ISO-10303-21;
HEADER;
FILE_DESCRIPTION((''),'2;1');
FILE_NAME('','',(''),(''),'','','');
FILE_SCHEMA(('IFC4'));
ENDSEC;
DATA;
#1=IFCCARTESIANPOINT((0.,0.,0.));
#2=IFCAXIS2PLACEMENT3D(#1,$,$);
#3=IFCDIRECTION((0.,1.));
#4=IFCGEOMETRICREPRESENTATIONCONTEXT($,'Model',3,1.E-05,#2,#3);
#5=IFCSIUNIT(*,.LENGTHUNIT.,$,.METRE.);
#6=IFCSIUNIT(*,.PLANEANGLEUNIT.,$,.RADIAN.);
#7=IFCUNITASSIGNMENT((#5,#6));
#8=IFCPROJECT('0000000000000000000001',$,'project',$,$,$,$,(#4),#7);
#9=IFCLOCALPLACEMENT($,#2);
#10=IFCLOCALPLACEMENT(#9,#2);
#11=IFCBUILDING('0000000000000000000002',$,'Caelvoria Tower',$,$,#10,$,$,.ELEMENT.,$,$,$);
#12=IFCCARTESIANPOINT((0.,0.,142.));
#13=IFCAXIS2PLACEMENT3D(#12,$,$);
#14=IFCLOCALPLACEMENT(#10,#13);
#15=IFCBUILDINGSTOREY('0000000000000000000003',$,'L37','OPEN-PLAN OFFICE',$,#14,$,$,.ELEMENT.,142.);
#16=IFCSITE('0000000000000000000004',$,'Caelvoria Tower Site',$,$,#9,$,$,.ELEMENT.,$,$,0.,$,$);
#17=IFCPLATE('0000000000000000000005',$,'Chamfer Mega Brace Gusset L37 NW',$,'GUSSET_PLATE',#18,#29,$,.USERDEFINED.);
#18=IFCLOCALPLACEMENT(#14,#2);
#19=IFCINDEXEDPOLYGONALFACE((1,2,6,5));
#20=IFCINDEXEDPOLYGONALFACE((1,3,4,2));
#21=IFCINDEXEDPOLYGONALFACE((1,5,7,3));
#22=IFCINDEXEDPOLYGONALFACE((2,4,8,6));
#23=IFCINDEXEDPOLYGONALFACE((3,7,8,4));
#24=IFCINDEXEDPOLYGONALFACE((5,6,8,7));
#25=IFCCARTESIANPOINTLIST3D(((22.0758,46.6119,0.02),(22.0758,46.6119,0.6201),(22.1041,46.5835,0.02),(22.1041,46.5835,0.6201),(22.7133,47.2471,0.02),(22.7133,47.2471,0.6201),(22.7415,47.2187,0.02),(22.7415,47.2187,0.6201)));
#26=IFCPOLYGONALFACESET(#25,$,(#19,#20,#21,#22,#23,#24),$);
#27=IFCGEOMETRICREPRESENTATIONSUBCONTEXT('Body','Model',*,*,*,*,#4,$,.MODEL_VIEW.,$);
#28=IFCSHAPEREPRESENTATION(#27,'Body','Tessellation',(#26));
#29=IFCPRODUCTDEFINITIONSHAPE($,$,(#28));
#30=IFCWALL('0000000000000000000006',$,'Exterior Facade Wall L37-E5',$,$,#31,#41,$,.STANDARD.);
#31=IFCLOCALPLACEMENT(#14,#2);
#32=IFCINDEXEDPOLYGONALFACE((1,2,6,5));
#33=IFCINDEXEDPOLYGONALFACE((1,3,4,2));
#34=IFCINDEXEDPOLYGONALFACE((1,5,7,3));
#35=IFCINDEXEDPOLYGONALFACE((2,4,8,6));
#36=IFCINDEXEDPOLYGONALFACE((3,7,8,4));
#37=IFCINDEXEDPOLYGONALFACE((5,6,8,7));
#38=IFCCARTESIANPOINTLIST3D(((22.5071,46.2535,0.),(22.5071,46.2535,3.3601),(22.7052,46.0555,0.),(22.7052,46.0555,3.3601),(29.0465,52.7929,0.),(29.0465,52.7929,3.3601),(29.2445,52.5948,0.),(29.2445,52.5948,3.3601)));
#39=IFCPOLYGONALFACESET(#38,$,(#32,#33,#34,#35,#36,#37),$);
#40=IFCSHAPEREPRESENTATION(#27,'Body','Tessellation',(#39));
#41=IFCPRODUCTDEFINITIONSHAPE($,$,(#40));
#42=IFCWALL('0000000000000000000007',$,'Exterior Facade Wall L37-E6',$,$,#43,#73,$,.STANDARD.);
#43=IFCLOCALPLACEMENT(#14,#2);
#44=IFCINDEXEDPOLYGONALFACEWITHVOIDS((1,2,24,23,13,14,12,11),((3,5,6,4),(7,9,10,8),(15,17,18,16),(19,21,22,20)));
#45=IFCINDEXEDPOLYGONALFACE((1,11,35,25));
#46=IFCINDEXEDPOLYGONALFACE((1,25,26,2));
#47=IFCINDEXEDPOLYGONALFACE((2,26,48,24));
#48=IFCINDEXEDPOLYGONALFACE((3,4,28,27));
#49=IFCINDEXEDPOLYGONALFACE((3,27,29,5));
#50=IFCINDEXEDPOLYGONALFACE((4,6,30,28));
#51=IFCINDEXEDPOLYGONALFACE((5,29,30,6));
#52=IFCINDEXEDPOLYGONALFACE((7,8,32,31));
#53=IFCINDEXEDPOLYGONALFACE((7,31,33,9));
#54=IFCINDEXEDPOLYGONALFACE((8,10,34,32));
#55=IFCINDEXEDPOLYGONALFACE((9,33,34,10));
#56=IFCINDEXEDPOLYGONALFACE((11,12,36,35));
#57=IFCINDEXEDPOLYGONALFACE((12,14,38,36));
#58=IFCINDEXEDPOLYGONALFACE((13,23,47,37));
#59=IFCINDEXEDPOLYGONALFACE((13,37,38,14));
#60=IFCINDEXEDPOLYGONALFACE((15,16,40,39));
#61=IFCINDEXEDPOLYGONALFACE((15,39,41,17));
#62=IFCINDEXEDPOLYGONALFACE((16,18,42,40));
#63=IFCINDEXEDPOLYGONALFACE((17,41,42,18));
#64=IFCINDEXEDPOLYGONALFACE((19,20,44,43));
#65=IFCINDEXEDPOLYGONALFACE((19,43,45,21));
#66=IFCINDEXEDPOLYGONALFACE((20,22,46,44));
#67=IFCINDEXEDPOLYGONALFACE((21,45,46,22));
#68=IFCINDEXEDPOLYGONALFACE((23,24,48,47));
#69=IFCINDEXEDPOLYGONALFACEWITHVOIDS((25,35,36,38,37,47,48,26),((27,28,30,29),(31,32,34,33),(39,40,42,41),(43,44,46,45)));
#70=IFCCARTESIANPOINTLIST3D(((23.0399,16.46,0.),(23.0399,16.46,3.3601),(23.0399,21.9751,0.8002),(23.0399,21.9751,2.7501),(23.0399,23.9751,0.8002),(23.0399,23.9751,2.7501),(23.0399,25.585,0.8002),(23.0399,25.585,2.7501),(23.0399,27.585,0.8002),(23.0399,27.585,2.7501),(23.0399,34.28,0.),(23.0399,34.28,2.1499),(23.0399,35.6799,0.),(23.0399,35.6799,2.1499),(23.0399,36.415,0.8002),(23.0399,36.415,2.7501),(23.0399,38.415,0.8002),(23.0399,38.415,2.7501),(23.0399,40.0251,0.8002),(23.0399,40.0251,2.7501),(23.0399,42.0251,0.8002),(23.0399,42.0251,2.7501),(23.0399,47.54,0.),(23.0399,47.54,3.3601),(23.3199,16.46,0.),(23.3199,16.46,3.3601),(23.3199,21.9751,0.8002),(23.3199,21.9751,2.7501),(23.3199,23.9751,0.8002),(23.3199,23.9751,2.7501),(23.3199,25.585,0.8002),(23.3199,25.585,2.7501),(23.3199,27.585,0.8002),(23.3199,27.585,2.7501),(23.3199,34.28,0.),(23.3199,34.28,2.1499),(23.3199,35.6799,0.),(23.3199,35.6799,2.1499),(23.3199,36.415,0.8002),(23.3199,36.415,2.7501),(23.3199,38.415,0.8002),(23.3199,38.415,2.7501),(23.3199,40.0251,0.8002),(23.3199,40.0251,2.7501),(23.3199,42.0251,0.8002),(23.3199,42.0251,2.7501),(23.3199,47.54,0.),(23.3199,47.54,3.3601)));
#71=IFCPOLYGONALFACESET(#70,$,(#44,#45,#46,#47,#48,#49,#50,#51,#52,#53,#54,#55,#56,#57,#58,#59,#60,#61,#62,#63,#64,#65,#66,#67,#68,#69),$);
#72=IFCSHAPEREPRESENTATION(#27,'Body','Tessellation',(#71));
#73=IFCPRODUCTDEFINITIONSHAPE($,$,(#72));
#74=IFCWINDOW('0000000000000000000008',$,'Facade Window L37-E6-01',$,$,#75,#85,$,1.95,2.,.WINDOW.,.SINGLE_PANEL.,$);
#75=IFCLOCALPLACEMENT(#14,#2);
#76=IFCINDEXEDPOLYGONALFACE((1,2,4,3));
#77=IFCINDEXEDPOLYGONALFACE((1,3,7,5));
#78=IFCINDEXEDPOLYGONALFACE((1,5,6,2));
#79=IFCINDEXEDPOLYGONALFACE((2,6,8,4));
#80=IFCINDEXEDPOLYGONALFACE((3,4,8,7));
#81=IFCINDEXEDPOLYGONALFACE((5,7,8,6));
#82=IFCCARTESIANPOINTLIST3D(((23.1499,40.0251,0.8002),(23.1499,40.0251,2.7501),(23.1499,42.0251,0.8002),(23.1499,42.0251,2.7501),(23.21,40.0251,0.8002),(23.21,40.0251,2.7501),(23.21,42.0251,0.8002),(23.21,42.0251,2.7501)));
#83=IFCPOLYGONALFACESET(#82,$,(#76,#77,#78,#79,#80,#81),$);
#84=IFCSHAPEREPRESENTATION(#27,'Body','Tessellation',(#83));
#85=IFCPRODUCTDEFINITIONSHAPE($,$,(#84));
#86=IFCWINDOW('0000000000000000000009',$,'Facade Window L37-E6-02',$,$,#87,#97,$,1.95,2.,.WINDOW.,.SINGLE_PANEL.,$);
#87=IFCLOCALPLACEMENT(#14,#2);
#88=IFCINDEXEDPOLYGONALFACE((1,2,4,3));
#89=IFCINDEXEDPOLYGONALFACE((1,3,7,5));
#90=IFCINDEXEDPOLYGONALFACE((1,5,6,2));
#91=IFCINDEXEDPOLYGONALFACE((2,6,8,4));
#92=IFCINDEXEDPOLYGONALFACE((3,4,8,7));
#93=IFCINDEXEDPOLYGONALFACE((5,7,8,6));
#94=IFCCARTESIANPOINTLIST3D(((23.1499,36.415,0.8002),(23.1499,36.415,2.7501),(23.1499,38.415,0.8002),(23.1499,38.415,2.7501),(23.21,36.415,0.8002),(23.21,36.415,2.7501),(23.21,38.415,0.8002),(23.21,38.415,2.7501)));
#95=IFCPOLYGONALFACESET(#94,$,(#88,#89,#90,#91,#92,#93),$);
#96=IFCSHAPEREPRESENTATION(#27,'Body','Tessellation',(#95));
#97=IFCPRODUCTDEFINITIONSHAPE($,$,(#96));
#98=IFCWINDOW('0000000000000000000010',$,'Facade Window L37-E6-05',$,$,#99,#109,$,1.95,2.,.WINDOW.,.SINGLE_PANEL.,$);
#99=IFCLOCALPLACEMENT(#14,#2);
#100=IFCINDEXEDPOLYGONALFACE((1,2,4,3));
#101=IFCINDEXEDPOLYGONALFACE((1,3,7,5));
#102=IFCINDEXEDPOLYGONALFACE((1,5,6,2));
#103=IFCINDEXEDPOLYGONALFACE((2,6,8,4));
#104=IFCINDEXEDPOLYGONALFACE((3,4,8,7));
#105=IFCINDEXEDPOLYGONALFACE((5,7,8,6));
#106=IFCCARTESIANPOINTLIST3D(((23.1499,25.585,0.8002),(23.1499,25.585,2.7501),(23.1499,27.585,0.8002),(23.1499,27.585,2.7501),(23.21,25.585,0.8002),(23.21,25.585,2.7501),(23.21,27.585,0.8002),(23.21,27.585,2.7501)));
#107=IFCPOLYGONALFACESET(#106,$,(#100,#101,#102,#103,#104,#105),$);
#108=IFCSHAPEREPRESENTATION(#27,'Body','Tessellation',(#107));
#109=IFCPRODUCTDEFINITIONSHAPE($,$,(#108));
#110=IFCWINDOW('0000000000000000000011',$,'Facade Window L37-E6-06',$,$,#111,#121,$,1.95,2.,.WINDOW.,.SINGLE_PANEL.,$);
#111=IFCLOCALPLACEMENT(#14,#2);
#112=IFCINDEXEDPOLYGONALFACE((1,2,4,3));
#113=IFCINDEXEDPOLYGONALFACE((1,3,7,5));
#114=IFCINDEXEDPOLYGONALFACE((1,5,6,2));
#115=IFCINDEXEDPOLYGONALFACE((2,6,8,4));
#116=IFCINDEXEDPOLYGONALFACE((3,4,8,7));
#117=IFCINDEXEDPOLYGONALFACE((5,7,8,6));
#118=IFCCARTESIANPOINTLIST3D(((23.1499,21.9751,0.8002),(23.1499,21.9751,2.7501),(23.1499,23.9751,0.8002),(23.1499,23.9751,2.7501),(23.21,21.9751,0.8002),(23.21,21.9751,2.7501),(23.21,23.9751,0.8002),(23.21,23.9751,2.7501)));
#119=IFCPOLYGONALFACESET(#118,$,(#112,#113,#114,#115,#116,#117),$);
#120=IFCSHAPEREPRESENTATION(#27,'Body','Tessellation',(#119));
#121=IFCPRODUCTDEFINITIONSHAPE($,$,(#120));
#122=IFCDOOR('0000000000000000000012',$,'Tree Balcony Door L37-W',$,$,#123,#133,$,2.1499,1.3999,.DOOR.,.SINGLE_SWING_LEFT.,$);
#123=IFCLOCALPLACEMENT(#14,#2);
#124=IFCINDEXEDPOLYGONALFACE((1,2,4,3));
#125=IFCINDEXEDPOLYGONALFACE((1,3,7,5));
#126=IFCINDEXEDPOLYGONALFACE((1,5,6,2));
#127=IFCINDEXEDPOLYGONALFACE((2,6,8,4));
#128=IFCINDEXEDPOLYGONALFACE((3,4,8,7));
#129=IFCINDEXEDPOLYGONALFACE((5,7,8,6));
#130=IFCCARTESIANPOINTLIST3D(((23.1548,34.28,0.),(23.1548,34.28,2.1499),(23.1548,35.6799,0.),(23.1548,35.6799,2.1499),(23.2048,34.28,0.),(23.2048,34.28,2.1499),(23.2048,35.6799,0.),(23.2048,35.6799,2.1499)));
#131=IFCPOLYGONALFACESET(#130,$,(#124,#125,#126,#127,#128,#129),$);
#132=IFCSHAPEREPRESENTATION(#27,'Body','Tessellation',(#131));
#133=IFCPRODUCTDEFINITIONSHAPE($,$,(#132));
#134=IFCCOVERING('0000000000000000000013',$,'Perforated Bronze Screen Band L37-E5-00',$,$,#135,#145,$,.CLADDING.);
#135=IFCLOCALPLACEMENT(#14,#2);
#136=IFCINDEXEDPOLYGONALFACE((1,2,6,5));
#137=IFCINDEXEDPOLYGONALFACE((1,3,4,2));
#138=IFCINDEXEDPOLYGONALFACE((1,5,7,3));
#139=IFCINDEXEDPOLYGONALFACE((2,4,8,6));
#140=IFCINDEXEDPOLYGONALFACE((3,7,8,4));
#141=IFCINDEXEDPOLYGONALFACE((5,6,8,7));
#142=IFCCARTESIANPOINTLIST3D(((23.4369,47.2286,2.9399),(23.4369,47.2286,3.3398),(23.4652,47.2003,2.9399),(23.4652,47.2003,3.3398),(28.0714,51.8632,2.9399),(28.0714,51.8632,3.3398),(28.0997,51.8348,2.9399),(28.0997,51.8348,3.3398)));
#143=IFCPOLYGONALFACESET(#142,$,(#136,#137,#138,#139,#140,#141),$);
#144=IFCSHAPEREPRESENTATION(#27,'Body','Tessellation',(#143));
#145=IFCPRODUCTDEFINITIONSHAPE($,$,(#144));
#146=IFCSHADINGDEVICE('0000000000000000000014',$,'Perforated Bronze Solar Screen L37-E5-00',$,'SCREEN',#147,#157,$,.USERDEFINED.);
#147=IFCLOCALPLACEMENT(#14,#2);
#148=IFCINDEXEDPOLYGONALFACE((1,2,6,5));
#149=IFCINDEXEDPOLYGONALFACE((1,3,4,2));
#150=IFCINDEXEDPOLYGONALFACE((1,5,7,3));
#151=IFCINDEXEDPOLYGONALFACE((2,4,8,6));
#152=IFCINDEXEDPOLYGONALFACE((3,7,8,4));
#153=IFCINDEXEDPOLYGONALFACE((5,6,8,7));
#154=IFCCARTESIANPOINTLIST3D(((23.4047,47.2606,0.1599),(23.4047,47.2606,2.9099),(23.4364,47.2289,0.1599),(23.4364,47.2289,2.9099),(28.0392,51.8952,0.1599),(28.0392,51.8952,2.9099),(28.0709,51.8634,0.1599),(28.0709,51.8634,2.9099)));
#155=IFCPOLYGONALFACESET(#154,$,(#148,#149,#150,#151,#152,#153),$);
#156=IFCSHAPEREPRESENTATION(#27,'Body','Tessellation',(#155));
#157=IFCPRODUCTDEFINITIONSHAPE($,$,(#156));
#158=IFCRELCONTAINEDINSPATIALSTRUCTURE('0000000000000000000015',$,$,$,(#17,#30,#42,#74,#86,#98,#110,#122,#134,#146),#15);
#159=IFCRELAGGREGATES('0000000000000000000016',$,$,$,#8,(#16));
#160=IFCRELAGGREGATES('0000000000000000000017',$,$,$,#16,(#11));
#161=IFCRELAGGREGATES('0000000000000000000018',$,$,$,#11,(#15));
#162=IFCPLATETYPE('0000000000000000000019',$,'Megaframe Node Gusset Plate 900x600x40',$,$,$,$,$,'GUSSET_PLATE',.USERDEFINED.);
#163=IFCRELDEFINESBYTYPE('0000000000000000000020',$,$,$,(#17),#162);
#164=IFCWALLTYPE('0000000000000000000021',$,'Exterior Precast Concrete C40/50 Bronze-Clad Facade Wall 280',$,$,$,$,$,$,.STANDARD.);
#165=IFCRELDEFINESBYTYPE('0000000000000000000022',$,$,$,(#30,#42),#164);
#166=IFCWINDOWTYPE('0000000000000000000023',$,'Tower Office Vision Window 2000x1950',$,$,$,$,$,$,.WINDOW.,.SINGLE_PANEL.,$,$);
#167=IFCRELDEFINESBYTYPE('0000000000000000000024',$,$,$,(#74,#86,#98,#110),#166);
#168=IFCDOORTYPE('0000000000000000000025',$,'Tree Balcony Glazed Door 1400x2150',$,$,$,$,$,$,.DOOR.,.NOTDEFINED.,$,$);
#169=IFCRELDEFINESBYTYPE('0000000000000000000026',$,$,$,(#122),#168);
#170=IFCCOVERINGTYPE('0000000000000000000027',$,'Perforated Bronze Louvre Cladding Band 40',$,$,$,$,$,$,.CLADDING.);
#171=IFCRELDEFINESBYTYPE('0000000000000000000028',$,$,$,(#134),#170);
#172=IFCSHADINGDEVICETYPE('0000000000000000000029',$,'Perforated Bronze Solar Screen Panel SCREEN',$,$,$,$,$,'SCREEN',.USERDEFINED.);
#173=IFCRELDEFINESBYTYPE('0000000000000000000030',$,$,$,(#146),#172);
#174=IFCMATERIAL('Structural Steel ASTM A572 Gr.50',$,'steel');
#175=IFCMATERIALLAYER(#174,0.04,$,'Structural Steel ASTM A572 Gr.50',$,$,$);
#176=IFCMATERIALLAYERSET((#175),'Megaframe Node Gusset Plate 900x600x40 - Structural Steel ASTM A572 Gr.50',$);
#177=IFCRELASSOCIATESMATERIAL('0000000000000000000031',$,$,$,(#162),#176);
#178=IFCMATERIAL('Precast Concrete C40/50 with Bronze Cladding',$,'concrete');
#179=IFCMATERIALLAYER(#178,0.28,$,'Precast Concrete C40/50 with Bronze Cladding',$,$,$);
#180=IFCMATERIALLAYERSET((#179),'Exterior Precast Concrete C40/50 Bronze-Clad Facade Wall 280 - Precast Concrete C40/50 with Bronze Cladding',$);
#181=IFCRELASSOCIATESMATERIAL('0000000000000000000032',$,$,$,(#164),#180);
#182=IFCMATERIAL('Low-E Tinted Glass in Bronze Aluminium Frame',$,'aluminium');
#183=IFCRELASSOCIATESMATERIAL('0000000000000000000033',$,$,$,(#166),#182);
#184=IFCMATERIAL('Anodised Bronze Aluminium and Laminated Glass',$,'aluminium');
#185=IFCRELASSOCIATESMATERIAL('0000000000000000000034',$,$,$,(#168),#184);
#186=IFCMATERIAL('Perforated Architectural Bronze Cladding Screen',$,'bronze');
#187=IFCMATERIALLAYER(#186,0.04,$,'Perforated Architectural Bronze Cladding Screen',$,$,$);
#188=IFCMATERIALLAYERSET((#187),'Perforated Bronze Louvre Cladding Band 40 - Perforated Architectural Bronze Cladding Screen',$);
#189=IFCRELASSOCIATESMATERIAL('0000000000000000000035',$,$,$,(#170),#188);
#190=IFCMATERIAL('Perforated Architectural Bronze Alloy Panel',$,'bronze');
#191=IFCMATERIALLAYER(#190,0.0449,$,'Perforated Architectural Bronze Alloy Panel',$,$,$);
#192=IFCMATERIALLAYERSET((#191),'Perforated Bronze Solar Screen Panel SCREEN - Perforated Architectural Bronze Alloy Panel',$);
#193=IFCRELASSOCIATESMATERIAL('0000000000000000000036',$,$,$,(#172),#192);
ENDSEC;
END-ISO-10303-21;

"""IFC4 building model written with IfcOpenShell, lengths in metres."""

from ifc_helpers import new_model, si_unit, direction, frame, frame_2d, origin, origin_2d, place, context, subcontext, project, spatial, rectangle, extrude, material, layer, layer_set, type_object, element, fill, save


model = new_model("IFC4")

# Units and contexts
model_context = context("Model", 3, precision=1e-05, world=origin(), true_north=direction((0.0, 1.0)))
body_context = subcontext(model_context, "Body", "Model", "MODEL_VIEW")
ifc_project = project(units=[si_unit("LENGTHUNIT", "METRE"), si_unit("PLANEANGLEUNIT", "RADIAN")], contexts=[model_context])

# Site, building, storey
site_placement = place(None, origin())
site = spatial("IfcSite", under=ifc_project, at=site_placement, Name="Caelvoria Tower Site", CompositionType="ELEMENT", RefElevation=0.0)
building_placement = place(site_placement, origin())
building = spatial("IfcBuilding", under=site, at=building_placement, Name="Caelvoria Tower", CompositionType="ELEMENT")
storey_placement = place(building_placement, frame((0.0, 0.0, 142.0)))
storey = spatial("IfcBuildingStorey", under=building, at=storey_placement, Name="L37", Description="OPEN-PLAN OFFICE", CompositionType="ELEMENT", Elevation=142.0)

# Shared definitions
ifc_material_1 = material(Name="Structural Steel ASTM A572 Gr.50", Category="steel")

# Plate
ifc_layer_1 = layer(ifc_material_1, 0.04, Name="Structural Steel ASTM A572 Gr.50")
ifc_layer_set_1 = layer_set([ifc_layer_1], Name="Megaframe Node Gusset Plate 900x600x40 - Structural Steel ASTM A572 Gr.50")
plate_type = type_object("IfcPlateType", Name="Megaframe Node Gusset Plate 900x600x40", ElementType="GUSSET_PLATE", PredefinedType="USERDEFINED", material=ifc_layer_set_1)
plate_placement = place(storey_placement, frame((22.4087, 46.9153, 0.02), z_axis=(0.0, 0.0, 1.0), x_axis=(0.708329, 0.705883, 0.0)))
element("IfcPlate", 1, at=plate_placement, inside=storey, type_object=plate_type, Name="Chamfer Mega Brace Gusset L37 NW", ObjectType="GUSSET_PLATE", PredefinedType="USERDEFINED", context=body_context, shape_type="SweptSolid", body=[
    extrude(rectangle(XDim=0.8999, YDim=0.04, at=origin_2d()), origin(), (0.0, 0.0, 1.0), 0.6001),
])

# Wall
ifc_material_2 = material(Name="Precast Concrete C40/50 with Bronze Cladding", Category="concrete")
ifc_layer_2 = layer(ifc_material_2, 0.28, Name="Precast Concrete C40/50 with Bronze Cladding")
ifc_layer_set_2 = layer_set([ifc_layer_2], Name="Exterior Precast Concrete C40/50 Bronze-Clad Facade Wall 280 - Precast Concrete C40/50 with Bronze Cladding")
wall_type = type_object("IfcWallType", Name="Exterior Precast Concrete C40/50 Bronze-Clad Facade Wall 280", PredefinedType="STANDARD", material=ifc_layer_set_2)
wall_1_placement = place(storey_placement, frame((29.1455, 52.6938, 0.0), z_axis=(0.0, 0.0, 1.0), x_axis=(-0.707107, -0.707107, 0.0)))
element("IfcWall", 2, at=wall_1_placement, inside=storey, type_object=wall_type, Name="Exterior Facade Wall L37-E5", PredefinedType="STANDARD", context=body_context, shape_type="SweptSolid", body=[
    extrude(rectangle(XDim=9.248, YDim=0.28, at=frame_2d((4.624, 0.0))), origin(), (0.0, 0.0, 1.0), 3.3601),
])

# Wall, openings, windows, door
wall_2_placement = place(storey_placement, frame((23.1799, 47.54, 0.0), z_axis=(0.0, 0.0, 1.0), x_axis=(0.0, -1.0, 0.0)))
wall_2 = element("IfcWall", 3, at=wall_2_placement, inside=storey, type_object=wall_type, Name="Exterior Facade Wall L37-E6", PredefinedType="STANDARD", context=body_context, shape_type="SweptSolid", body=[
    extrude(rectangle(XDim=31.0801, YDim=0.28, at=frame_2d((15.54, 0.0))), origin(), (0.0, 0.0, 1.0), 3.3601),
])
opening_1_placement = place(wall_2_placement, frame((11.8601, 0.0, 0.0)))
opening_1 = element("IfcOpeningElement", 4, at=opening_1_placement, cuts=wall_2, PredefinedType="OPENING", context=body_context, shape_type="SweptSolid", body=[
    extrude(rectangle(XDim=1.3999, YDim=2.1499, at=frame_2d((0.7, 1.075))), frame((0.0, 0.1499, 0.0), z_axis=(0.0, -1.0, 0.0), x_axis=(1.0, 0.0, 0.0)), (0.0, 0.0, 1.0), 0.3),
])
opening_2_placement = place(wall_2_placement, frame((5.5149, 0.0, 0.8)))
opening_2 = element("IfcOpeningElement", 5, at=opening_2_placement, cuts=wall_2, PredefinedType="OPENING", context=body_context, shape_type="SweptSolid", body=[
    extrude(rectangle(XDim=2.0, YDim=1.95, at=frame_2d((1.0, 0.9751))), frame((0.0, 0.1499, 0.0), z_axis=(0.0, -1.0, 0.0), x_axis=(1.0, 0.0, 0.0)), (0.0, 0.0, 1.0), 0.3),
])
opening_3_placement = place(wall_2_placement, frame((9.125, 0.0, 0.8)))
opening_3 = element("IfcOpeningElement", 6, at=opening_3_placement, cuts=wall_2, PredefinedType="OPENING", context=body_context, shape_type="SweptSolid", body=[
    extrude(rectangle(XDim=2.0, YDim=1.95, at=frame_2d((1.0, 0.9751))), frame((0.0, 0.1499, 0.0), z_axis=(0.0, -1.0, 0.0), x_axis=(1.0, 0.0, 0.0)), (0.0, 0.0, 1.0), 0.3),
])
opening_4_placement = place(wall_2_placement, frame((19.9551, 0.0, 0.8)))
opening_4 = element("IfcOpeningElement", 7, at=opening_4_placement, cuts=wall_2, PredefinedType="OPENING", context=body_context, shape_type="SweptSolid", body=[
    extrude(rectangle(XDim=2.0, YDim=1.95, at=frame_2d((1.0, 0.9751))), frame((0.0, 0.1499, 0.0), z_axis=(0.0, -1.0, 0.0), x_axis=(1.0, 0.0, 0.0)), (0.0, 0.0, 1.0), 0.3),
])
opening_5_placement = place(wall_2_placement, frame((23.5649, 0.0, 0.8)))
opening_5 = element("IfcOpeningElement", 8, at=opening_5_placement, cuts=wall_2, PredefinedType="OPENING", context=body_context, shape_type="SweptSolid", body=[
    extrude(rectangle(XDim=2.0, YDim=1.95, at=frame_2d((1.0, 0.9751))), frame((0.0, 0.1499, 0.0), z_axis=(0.0, -1.0, 0.0), x_axis=(1.0, 0.0, 0.0)), (0.0, 0.0, 1.0), 0.3),
])
ifc_material_3 = material(Name="Low-E Tinted Glass in Bronze Aluminium Frame", Category="aluminium")
window_type = type_object("IfcWindowType", Name="Tower Office Vision Window 2000x1950", PartitioningType="SINGLE_PANEL", PredefinedType="WINDOW", material=ifc_material_3)
window_1_placement = place(opening_2_placement, origin())
window_1 = element("IfcWindow", 9, at=window_1_placement, inside=storey, type_object=window_type, Name="Facade Window L37-E6-01", OverallHeight=1.95, OverallWidth=2.0, PartitioningType="SINGLE_PANEL", PredefinedType="WINDOW", context=body_context, shape_type="SweptSolid", body=[
    extrude(rectangle(XDim=2.0, YDim=1.95, at=frame_2d((1.0, 0.9751))), frame((0.0, 0.03, 0.0), z_axis=(0.0, -1.0, 0.0), x_axis=(1.0, 0.0, 0.0)), (0.0, 0.0, 1.0), 0.0601),
])
fill(opening_2, window_1)
window_2_placement = place(opening_3_placement, origin())
window_2 = element("IfcWindow", 10, at=window_2_placement, inside=storey, type_object=window_type, Name="Facade Window L37-E6-02", OverallHeight=1.95, OverallWidth=2.0, PartitioningType="SINGLE_PANEL", PredefinedType="WINDOW", context=body_context, shape_type="SweptSolid", body=[
    extrude(rectangle(XDim=2.0, YDim=1.95, at=frame_2d((1.0, 0.9751))), frame((0.0, 0.03, 0.0), z_axis=(0.0, -1.0, 0.0), x_axis=(1.0, 0.0, 0.0)), (0.0, 0.0, 1.0), 0.0601),
])
fill(opening_3, window_2)
window_3_placement = place(opening_4_placement, origin())
window_3 = element("IfcWindow", 11, at=window_3_placement, inside=storey, type_object=window_type, Name="Facade Window L37-E6-05", OverallHeight=1.95, OverallWidth=2.0, PartitioningType="SINGLE_PANEL", PredefinedType="WINDOW", context=body_context, shape_type="SweptSolid", body=[
    extrude(rectangle(XDim=2.0, YDim=1.95, at=frame_2d((1.0, 0.9751))), frame((0.0, 0.03, 0.0), z_axis=(0.0, -1.0, 0.0), x_axis=(1.0, 0.0, 0.0)), (0.0, 0.0, 1.0), 0.0601),
])
fill(opening_4, window_3)
window_4_placement = place(opening_5_placement, origin())
window_4 = element("IfcWindow", 12, at=window_4_placement, inside=storey, type_object=window_type, Name="Facade Window L37-E6-06", OverallHeight=1.95, OverallWidth=2.0, PartitioningType="SINGLE_PANEL", PredefinedType="WINDOW", context=body_context, shape_type="SweptSolid", body=[
    extrude(rectangle(XDim=2.0, YDim=1.95, at=frame_2d((1.0, 0.9751))), frame((0.0, 0.03, 0.0), z_axis=(0.0, -1.0, 0.0), x_axis=(1.0, 0.0, 0.0)), (0.0, 0.0, 1.0), 0.0601),
])
fill(opening_5, window_4)
ifc_material_4 = material(Name="Anodised Bronze Aluminium and Laminated Glass", Category="aluminium")
door_type = type_object("IfcDoorType", Name="Tree Balcony Glazed Door 1400x2150", OperationType="NOTDEFINED", PredefinedType="DOOR", material=ifc_material_4)
door_placement = place(opening_1_placement, origin())
door = element("IfcDoor", 13, at=door_placement, inside=storey, type_object=door_type, Name="Tree Balcony Door L37-W", OperationType="SINGLE_SWING_LEFT", OverallHeight=2.1499, OverallWidth=1.3999, PredefinedType="DOOR", context=body_context, shape_type="SweptSolid", body=[
    extrude(rectangle(XDim=1.3999, YDim=2.1499, at=frame_2d((0.7, 1.075))), frame((0.0, 0.0249, 0.0), z_axis=(0.0, -1.0, 0.0), x_axis=(1.0, 0.0, 0.0)), (0.0, 0.0, 1.0), 0.05),
])
fill(opening_1, door)

# Covering
ifc_material_5 = material(Name="Perforated Architectural Bronze Cladding Screen", Category="bronze")
ifc_layer_3 = layer(ifc_material_5, 0.04, Name="Perforated Architectural Bronze Cladding Screen")
ifc_layer_set_3 = layer_set([ifc_layer_3], Name="Perforated Bronze Louvre Cladding Band 40 - Perforated Architectural Bronze Cladding Screen")
covering_type = type_object("IfcCoveringType", Name="Perforated Bronze Louvre Cladding Band 40", PredefinedType="CLADDING", material=ifc_layer_set_3)
covering_placement = place(storey_placement, frame((25.7683, 49.5317, 2.9399), z_axis=(0.0, 0.0, 1.0), x_axis=(-0.707107, -0.707107, 0.0)))
element("IfcCovering", 14, at=covering_placement, inside=storey, type_object=covering_type, Name="Perforated Bronze Screen Band L37-E5-00", PredefinedType="CLADDING", context=body_context, shape_type="SweptSolid", body=[
    extrude(rectangle(XDim=6.5542, YDim=0.04, at=origin_2d()), origin(), (0.0, 0.0, 1.0), 0.3999),
])

# Shading device
ifc_material_6 = material(Name="Perforated Architectural Bronze Alloy Panel", Category="bronze")
ifc_layer_4 = layer(ifc_material_6, 0.0449, Name="Perforated Architectural Bronze Alloy Panel")
ifc_layer_set_4 = layer_set([ifc_layer_4], Name="Perforated Bronze Solar Screen Panel SCREEN - Perforated Architectural Bronze Alloy Panel")
shading_device_type = type_object("IfcShadingDeviceType", Name="Perforated Bronze Solar Screen Panel SCREEN", ElementType="SCREEN", PredefinedType="USERDEFINED", material=ifc_layer_set_4)
shading_device_placement = place(storey_placement, frame((25.7378, 49.562, 0.1599), z_axis=(0.0, 0.0, 1.0), x_axis=(-0.707107, -0.707107, 0.0)))
element("IfcShadingDevice", 15, at=shading_device_placement, inside=storey, type_object=shading_device_type, Name="Perforated Bronze Solar Screen L37-E5-00", ObjectType="SCREEN", PredefinedType="USERDEFINED", context=body_context, shape_type="SweptSolid", body=[
    extrude(rectangle(XDim=6.5542, YDim=0.0449, at=origin_2d()), origin(), (0.0, 0.0, 1.0), 2.75),
])

save(model, "model.ifc")
